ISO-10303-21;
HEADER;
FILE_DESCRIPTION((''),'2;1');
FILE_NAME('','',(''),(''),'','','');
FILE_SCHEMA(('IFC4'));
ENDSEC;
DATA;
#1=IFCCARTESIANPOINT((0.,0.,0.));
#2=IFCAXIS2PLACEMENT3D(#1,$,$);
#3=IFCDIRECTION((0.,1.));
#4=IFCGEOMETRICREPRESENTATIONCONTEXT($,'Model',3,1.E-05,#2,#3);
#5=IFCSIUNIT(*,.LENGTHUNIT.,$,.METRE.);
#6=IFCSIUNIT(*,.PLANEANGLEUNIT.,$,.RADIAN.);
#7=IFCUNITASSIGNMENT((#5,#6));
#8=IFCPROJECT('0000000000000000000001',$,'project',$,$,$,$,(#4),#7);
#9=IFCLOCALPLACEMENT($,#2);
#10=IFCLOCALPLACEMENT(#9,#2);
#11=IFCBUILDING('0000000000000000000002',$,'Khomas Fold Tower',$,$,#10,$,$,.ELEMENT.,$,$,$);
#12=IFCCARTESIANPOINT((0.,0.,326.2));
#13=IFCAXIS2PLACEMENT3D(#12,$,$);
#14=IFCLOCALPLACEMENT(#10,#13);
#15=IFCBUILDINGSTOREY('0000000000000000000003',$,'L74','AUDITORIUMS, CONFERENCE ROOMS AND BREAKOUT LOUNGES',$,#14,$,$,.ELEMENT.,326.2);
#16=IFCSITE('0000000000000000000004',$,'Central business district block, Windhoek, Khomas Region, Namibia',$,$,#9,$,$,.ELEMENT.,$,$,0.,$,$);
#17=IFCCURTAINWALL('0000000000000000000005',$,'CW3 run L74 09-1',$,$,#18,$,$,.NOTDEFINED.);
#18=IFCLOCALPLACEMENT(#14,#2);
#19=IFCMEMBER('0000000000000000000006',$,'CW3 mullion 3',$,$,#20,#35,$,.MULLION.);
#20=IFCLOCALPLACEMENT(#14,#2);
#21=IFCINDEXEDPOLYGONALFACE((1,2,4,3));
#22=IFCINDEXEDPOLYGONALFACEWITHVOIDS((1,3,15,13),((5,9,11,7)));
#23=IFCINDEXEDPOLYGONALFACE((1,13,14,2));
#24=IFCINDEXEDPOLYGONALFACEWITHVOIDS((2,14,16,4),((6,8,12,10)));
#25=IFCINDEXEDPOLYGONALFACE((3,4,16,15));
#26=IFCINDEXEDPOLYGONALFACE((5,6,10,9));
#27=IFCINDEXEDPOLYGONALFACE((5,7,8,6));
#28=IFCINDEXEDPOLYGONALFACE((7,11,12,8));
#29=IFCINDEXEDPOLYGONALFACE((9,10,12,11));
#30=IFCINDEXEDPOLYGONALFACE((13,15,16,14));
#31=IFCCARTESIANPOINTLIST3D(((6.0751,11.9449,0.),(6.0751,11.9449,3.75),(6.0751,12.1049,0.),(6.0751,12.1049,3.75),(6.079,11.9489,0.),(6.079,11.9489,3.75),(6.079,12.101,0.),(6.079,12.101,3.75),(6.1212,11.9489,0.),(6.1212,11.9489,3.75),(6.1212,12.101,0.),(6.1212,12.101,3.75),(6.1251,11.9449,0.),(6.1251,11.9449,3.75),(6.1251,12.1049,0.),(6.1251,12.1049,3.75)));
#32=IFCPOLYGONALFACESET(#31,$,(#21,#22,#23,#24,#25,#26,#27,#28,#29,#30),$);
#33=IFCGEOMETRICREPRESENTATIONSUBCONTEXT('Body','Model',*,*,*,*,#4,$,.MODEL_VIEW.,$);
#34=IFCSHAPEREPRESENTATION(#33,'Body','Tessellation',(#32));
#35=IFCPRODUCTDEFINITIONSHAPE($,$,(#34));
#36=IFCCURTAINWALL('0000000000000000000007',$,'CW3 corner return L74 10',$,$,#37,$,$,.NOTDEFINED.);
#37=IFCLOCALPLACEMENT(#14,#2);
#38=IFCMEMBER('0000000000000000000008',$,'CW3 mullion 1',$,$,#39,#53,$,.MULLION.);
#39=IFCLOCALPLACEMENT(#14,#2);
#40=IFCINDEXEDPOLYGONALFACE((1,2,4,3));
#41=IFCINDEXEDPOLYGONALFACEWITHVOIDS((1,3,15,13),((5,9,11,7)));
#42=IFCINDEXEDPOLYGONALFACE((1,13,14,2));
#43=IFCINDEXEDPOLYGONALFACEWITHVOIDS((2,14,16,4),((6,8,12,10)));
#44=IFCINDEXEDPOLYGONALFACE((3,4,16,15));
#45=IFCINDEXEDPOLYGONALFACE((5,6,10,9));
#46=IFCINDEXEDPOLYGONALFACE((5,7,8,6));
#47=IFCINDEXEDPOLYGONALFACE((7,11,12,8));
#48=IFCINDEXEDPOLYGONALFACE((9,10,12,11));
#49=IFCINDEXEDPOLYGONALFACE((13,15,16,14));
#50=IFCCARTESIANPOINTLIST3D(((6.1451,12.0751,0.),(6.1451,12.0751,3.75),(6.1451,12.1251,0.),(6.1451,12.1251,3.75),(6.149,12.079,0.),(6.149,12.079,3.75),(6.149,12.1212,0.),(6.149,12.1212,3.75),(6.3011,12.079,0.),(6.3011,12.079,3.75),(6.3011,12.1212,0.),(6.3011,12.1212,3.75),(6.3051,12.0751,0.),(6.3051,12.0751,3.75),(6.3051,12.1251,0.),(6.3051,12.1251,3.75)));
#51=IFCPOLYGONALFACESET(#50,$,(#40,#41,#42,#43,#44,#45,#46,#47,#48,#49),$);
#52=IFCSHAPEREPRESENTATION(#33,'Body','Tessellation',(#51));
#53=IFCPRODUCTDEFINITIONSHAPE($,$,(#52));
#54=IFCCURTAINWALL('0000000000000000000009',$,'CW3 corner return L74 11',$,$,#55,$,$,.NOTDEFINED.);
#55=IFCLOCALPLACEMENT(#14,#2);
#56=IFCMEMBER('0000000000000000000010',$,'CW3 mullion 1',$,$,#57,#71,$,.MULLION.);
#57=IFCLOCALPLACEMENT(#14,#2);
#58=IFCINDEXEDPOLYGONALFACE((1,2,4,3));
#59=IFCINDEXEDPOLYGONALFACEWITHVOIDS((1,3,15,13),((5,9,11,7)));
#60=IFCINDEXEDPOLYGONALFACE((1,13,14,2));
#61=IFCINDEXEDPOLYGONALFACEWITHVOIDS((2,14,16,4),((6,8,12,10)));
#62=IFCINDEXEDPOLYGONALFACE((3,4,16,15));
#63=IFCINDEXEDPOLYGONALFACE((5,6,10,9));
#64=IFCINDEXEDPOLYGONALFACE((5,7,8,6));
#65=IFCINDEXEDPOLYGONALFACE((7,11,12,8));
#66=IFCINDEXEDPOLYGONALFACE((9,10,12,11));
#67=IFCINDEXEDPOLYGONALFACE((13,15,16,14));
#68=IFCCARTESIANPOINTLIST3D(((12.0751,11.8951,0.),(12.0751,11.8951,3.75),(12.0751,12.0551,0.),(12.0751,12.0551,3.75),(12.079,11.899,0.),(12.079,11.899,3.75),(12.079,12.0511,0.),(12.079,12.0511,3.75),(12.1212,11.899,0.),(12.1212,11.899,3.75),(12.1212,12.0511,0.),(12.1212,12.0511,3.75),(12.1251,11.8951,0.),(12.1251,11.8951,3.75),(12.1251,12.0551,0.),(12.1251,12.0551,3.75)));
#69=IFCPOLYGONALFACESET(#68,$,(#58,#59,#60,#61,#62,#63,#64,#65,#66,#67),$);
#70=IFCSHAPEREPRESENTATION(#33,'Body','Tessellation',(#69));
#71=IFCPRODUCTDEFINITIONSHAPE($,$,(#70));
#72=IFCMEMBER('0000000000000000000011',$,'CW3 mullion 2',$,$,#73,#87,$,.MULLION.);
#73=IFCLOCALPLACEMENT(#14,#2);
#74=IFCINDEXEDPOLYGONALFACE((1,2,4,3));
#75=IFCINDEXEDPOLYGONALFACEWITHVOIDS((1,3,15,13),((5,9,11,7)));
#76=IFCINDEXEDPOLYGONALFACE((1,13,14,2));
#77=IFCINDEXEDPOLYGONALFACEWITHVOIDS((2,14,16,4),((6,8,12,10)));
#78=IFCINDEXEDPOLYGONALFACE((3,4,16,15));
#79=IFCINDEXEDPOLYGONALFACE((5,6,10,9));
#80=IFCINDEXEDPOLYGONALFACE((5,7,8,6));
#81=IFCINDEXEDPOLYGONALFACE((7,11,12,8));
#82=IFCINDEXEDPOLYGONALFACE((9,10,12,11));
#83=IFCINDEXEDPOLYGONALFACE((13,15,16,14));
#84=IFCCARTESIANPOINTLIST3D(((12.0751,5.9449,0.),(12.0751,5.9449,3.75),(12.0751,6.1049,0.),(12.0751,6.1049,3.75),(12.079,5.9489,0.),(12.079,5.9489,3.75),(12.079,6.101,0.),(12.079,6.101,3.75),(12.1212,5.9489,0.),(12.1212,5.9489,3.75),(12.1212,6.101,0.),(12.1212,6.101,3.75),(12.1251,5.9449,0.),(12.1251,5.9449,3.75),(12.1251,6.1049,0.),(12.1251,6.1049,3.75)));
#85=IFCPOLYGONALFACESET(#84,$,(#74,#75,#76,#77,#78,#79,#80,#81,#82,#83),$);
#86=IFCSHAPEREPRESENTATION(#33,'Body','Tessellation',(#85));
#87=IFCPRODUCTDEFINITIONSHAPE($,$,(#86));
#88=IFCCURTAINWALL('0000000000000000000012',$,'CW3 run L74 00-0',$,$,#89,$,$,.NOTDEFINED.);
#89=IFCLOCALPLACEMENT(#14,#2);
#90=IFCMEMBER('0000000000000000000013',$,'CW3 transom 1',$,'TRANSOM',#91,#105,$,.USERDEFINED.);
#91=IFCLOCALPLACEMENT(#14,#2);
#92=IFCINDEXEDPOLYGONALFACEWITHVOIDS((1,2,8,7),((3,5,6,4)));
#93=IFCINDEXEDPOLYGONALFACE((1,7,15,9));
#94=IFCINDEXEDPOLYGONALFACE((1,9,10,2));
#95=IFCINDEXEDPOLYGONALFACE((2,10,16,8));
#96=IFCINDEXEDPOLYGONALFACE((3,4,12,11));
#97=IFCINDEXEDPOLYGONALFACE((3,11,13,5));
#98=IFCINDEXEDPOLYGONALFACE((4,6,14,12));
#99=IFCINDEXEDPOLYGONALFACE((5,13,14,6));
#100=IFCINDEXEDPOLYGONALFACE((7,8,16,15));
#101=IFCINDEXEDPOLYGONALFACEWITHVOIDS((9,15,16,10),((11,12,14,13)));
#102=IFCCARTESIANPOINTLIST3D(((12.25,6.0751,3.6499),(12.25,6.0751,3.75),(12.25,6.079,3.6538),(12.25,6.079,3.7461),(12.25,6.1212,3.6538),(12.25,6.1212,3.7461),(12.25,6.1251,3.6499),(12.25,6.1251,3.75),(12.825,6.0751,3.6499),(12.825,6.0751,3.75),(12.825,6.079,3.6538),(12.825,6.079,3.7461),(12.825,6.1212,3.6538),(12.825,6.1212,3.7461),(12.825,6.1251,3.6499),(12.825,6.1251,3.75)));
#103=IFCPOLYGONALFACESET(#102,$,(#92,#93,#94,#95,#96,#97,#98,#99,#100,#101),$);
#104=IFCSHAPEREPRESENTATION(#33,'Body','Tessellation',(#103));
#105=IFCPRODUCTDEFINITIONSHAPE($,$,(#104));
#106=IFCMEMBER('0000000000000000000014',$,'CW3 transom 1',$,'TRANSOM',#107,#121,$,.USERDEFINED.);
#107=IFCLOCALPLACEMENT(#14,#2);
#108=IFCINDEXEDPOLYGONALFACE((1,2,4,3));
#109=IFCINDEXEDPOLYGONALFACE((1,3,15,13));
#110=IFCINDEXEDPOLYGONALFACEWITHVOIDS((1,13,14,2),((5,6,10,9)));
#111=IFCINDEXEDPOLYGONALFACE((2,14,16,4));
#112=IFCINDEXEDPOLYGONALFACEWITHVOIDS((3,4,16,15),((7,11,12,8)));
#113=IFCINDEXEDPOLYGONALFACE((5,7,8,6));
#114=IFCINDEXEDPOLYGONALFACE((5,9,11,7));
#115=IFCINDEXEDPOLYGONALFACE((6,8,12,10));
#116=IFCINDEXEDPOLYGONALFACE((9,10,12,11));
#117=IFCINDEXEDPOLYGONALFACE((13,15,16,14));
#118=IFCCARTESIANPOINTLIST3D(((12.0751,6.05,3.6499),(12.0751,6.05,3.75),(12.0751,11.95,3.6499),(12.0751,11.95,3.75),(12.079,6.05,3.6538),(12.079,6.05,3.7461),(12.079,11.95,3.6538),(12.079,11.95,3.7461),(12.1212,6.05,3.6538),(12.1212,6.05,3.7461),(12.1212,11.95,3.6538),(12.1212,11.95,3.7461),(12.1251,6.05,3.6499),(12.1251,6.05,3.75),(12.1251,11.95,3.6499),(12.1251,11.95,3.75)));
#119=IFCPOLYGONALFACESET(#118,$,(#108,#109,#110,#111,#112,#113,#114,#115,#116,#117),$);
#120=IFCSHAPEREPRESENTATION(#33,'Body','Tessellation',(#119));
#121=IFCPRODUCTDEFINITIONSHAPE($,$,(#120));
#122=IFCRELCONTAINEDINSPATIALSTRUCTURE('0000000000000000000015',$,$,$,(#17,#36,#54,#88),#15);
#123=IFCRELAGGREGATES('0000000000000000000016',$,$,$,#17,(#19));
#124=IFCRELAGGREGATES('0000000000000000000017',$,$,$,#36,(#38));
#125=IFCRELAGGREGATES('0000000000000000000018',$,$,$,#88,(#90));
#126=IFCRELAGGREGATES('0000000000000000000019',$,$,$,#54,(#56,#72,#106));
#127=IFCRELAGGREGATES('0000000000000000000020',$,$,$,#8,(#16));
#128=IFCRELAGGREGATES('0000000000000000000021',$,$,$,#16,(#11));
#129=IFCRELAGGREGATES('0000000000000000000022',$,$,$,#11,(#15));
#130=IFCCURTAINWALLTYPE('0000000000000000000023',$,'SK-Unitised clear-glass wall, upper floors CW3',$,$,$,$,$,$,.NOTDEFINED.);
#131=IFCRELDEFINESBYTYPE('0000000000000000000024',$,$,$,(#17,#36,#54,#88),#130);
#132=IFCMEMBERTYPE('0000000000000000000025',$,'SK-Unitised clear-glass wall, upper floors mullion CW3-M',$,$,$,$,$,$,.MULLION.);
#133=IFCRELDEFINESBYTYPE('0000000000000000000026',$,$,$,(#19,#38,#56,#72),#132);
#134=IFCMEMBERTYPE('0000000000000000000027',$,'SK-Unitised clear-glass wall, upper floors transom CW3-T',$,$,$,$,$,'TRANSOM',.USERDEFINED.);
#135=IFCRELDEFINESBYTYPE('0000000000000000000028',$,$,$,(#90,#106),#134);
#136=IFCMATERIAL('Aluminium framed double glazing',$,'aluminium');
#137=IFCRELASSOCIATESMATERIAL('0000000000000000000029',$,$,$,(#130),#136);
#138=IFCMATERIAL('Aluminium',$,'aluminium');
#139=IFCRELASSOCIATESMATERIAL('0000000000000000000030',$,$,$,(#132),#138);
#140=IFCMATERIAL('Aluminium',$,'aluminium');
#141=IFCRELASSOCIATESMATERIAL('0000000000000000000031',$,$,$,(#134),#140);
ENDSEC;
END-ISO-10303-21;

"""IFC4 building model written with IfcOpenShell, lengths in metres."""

from ifc_helpers import new_model, si_unit, direction, frame, origin, origin_2d, place, context, subcontext, project, spatial, hollow_rectangle, extrude, source, transform, mapped, material, material_profile, profile_set, type_object, element, aggregate, save


model = new_model("IFC4")

# Units and contexts
model_context = context("Model", 3, precision=1e-05, world=origin(), true_north=direction((0.0, 1.0)))
body_context = subcontext(model_context, "Body", "Model", "MODEL_VIEW")
ifc_project = project(units=[si_unit("LENGTHUNIT", "METRE"), si_unit("PLANEANGLEUNIT", "RADIAN")], contexts=[model_context])

# Site, building, storey
site_placement = place(None, origin())
site = spatial("IfcSite", under=ifc_project, at=site_placement, Name="Central business district block, Windhoek, Khomas Region, Namibia", CompositionType="ELEMENT", RefElevation=0.0)
building_placement = place(site_placement, origin())
building = spatial("IfcBuilding", under=site, at=building_placement, Name="Khomas Fold Tower", CompositionType="ELEMENT")
storey_placement = place(building_placement, frame((0.0, 0.0, 326.2)))
storey = spatial("IfcBuildingStorey", under=building, at=storey_placement, Name="L74", Description="AUDITORIUMS, CONFERENCE ROOMS AND BREAKOUT LOUNGES", CompositionType="ELEMENT", Elevation=326.2)

# Curtain walls, members
ifc_material_1 = material(Name="Aluminium framed double glazing", Category="aluminium")
curtain_wall_type = type_object("IfcCurtainWallType", Name="SK-Unitised clear-glass wall, upper floors CW3", PredefinedType="NOTDEFINED", material=ifc_material_1)
curtain_wall_1_placement = place(storey_placement, origin())
curtain_wall_1 = element("IfcCurtainWall", 1, at=curtain_wall_1_placement, inside=storey, type_object=curtain_wall_type, Name="CW3 run L74 09-1", PredefinedType="NOTDEFINED")
ifc_material_2 = material(Name="Aluminium", Category="aluminium")
ifc_material_profile_1 = material_profile(ifc_material_2, hollow_rectangle(XDim=0.05, YDim=0.1599, WallThickness=0.0039, at=origin_2d()), Name="SK-Unitised clear-glass wall, upper floors mullion CW3-M")
ifc_profile_set_1 = profile_set([ifc_material_profile_1], Name="Aluminium")
member_type_1 = type_object("IfcMemberType", Name="SK-Unitised clear-glass wall, upper floors mullion CW3-M", PredefinedType="MULLION", material=ifc_profile_set_1)
shared_shape_1 = source(origin(), body_context, "Body", "SweptSolid", [
    extrude(hollow_rectangle(XDim=0.05, YDim=0.1599, WallThickness=0.0039, at=origin_2d()), origin(), (0.0, 0.0, 1.0), 3.75),
])
member_1_placement = place(storey_placement, frame((6.1001, 12.0249, 0.0), z_axis=(0.0, 0.0, 1.0), x_axis=(1.0, 0.0, 0.0)))
member_1 = element("IfcMember", 2, at=member_1_placement, type_object=member_type_1, Name="CW3 mullion 3", PredefinedType="MULLION", context=body_context, shape_type="MappedRepresentation", body=[
    mapped(shared_shape_1, transform((0.0, 0.0, 0.0))),
])
aggregate(curtain_wall_1, [member_1])
curtain_wall_2_placement = place(storey_placement, origin())
curtain_wall_2 = element("IfcCurtainWall", 3, at=curtain_wall_2_placement, inside=storey, type_object=curtain_wall_type, Name="CW3 corner return L74 10", PredefinedType="NOTDEFINED")
member_2_placement = place(storey_placement, frame((6.2251, 12.1001, 0.0), z_axis=(0.0, 0.0, 1.0), x_axis=(0.0, 1.0, 0.0)))
member_2 = element("IfcMember", 4, at=member_2_placement, type_object=member_type_1, Name="CW3 mullion 1", PredefinedType="MULLION", context=body_context, shape_type="MappedRepresentation", body=[
    mapped(shared_shape_1, transform((0.0, 0.0, 0.0))),
])
aggregate(curtain_wall_2, [member_2])

# Curtain wall, members
curtain_wall_3_placement = place(storey_placement, origin())
curtain_wall_3 = element("IfcCurtainWall", 5, at=curtain_wall_3_placement, inside=storey, type_object=curtain_wall_type, Name="CW3 corner return L74 11", PredefinedType="NOTDEFINED")
member_3_placement = place(storey_placement, frame((12.1001, 11.9751, 0.0), z_axis=(0.0, 0.0, 1.0), x_axis=(1.0, 0.0, 0.0)))
member_3 = element("IfcMember", 6, at=member_3_placement, type_object=member_type_1, Name="CW3 mullion 1", PredefinedType="MULLION", context=body_context, shape_type="MappedRepresentation", body=[
    mapped(shared_shape_1, transform((0.0, 0.0, 0.0))),
])
member_4_placement = place(storey_placement, frame((12.1001, 6.0249, 0.0), z_axis=(0.0, 0.0, 1.0), x_axis=(1.0, 0.0, 0.0)))
member_4 = element("IfcMember", 7, at=member_4_placement, type_object=member_type_1, Name="CW3 mullion 2", PredefinedType="MULLION", context=body_context, shape_type="MappedRepresentation", body=[
    mapped(shared_shape_1, transform((0.0, 0.0, 0.0))),
])

# Curtain wall, member
curtain_wall_4_placement = place(storey_placement, origin())
curtain_wall_4 = element("IfcCurtainWall", 8, at=curtain_wall_4_placement, inside=storey, type_object=curtain_wall_type, Name="CW3 run L74 00-0", PredefinedType="NOTDEFINED")
ifc_material_3 = material(Name="Aluminium", Category="aluminium")
ifc_material_profile_2 = material_profile(ifc_material_3, hollow_rectangle(XDim=0.05, YDim=0.1001, WallThickness=0.0039, at=origin_2d()), Name="SK-Unitised clear-glass wall, upper floors transom CW3-T")
ifc_profile_set_2 = profile_set([ifc_material_profile_2], Name="Aluminium")
member_type_2 = type_object("IfcMemberType", Name="SK-Unitised clear-glass wall, upper floors transom CW3-T", ElementType="TRANSOM", PredefinedType="USERDEFINED", material=ifc_profile_set_2)
shared_shape_2 = source(origin(), body_context, "Body", "SweptSolid", [
    extrude(hollow_rectangle(XDim=0.05, YDim=0.1001, WallThickness=0.0039, at=origin_2d()), origin(), (0.0, 0.0, 1.0), 0.575),
])
member_5_placement = place(storey_placement, frame((12.25, 6.1001, 3.7), z_axis=(1.0, 0.0, 0.0), x_axis=(0.0, 1.0, 0.0)))
member_5 = element("IfcMember", 9, at=member_5_placement, type_object=member_type_2, Name="CW3 transom 1", ObjectType="TRANSOM", PredefinedType="USERDEFINED", context=body_context, shape_type="MappedRepresentation", body=[
    mapped(shared_shape_2, transform((0.0, 0.0, 0.0))),
])

# Member
shared_shape_3 = source(origin(), body_context, "Body", "SweptSolid", [
    extrude(hollow_rectangle(XDim=0.05, YDim=0.1001, WallThickness=0.0039, at=origin_2d()), origin(), (0.0, 0.0, 1.0), 5.8999),
])
member_6_placement = place(storey_placement, frame((12.1001, 11.95, 3.7), z_axis=(0.0, -1.0, 0.0), x_axis=(1.0, 0.0, 0.0)))
member_6 = element("IfcMember", 10, at=member_6_placement, type_object=member_type_2, Name="CW3 transom 1", ObjectType="TRANSOM", PredefinedType="USERDEFINED", context=body_context, shape_type="MappedRepresentation", body=[
    mapped(shared_shape_3, transform((0.0, 0.0, 0.0))),
])

aggregate(curtain_wall_4, [member_5])
aggregate(curtain_wall_3, [member_3, member_4, member_6])

save(model, "model.ifc")
